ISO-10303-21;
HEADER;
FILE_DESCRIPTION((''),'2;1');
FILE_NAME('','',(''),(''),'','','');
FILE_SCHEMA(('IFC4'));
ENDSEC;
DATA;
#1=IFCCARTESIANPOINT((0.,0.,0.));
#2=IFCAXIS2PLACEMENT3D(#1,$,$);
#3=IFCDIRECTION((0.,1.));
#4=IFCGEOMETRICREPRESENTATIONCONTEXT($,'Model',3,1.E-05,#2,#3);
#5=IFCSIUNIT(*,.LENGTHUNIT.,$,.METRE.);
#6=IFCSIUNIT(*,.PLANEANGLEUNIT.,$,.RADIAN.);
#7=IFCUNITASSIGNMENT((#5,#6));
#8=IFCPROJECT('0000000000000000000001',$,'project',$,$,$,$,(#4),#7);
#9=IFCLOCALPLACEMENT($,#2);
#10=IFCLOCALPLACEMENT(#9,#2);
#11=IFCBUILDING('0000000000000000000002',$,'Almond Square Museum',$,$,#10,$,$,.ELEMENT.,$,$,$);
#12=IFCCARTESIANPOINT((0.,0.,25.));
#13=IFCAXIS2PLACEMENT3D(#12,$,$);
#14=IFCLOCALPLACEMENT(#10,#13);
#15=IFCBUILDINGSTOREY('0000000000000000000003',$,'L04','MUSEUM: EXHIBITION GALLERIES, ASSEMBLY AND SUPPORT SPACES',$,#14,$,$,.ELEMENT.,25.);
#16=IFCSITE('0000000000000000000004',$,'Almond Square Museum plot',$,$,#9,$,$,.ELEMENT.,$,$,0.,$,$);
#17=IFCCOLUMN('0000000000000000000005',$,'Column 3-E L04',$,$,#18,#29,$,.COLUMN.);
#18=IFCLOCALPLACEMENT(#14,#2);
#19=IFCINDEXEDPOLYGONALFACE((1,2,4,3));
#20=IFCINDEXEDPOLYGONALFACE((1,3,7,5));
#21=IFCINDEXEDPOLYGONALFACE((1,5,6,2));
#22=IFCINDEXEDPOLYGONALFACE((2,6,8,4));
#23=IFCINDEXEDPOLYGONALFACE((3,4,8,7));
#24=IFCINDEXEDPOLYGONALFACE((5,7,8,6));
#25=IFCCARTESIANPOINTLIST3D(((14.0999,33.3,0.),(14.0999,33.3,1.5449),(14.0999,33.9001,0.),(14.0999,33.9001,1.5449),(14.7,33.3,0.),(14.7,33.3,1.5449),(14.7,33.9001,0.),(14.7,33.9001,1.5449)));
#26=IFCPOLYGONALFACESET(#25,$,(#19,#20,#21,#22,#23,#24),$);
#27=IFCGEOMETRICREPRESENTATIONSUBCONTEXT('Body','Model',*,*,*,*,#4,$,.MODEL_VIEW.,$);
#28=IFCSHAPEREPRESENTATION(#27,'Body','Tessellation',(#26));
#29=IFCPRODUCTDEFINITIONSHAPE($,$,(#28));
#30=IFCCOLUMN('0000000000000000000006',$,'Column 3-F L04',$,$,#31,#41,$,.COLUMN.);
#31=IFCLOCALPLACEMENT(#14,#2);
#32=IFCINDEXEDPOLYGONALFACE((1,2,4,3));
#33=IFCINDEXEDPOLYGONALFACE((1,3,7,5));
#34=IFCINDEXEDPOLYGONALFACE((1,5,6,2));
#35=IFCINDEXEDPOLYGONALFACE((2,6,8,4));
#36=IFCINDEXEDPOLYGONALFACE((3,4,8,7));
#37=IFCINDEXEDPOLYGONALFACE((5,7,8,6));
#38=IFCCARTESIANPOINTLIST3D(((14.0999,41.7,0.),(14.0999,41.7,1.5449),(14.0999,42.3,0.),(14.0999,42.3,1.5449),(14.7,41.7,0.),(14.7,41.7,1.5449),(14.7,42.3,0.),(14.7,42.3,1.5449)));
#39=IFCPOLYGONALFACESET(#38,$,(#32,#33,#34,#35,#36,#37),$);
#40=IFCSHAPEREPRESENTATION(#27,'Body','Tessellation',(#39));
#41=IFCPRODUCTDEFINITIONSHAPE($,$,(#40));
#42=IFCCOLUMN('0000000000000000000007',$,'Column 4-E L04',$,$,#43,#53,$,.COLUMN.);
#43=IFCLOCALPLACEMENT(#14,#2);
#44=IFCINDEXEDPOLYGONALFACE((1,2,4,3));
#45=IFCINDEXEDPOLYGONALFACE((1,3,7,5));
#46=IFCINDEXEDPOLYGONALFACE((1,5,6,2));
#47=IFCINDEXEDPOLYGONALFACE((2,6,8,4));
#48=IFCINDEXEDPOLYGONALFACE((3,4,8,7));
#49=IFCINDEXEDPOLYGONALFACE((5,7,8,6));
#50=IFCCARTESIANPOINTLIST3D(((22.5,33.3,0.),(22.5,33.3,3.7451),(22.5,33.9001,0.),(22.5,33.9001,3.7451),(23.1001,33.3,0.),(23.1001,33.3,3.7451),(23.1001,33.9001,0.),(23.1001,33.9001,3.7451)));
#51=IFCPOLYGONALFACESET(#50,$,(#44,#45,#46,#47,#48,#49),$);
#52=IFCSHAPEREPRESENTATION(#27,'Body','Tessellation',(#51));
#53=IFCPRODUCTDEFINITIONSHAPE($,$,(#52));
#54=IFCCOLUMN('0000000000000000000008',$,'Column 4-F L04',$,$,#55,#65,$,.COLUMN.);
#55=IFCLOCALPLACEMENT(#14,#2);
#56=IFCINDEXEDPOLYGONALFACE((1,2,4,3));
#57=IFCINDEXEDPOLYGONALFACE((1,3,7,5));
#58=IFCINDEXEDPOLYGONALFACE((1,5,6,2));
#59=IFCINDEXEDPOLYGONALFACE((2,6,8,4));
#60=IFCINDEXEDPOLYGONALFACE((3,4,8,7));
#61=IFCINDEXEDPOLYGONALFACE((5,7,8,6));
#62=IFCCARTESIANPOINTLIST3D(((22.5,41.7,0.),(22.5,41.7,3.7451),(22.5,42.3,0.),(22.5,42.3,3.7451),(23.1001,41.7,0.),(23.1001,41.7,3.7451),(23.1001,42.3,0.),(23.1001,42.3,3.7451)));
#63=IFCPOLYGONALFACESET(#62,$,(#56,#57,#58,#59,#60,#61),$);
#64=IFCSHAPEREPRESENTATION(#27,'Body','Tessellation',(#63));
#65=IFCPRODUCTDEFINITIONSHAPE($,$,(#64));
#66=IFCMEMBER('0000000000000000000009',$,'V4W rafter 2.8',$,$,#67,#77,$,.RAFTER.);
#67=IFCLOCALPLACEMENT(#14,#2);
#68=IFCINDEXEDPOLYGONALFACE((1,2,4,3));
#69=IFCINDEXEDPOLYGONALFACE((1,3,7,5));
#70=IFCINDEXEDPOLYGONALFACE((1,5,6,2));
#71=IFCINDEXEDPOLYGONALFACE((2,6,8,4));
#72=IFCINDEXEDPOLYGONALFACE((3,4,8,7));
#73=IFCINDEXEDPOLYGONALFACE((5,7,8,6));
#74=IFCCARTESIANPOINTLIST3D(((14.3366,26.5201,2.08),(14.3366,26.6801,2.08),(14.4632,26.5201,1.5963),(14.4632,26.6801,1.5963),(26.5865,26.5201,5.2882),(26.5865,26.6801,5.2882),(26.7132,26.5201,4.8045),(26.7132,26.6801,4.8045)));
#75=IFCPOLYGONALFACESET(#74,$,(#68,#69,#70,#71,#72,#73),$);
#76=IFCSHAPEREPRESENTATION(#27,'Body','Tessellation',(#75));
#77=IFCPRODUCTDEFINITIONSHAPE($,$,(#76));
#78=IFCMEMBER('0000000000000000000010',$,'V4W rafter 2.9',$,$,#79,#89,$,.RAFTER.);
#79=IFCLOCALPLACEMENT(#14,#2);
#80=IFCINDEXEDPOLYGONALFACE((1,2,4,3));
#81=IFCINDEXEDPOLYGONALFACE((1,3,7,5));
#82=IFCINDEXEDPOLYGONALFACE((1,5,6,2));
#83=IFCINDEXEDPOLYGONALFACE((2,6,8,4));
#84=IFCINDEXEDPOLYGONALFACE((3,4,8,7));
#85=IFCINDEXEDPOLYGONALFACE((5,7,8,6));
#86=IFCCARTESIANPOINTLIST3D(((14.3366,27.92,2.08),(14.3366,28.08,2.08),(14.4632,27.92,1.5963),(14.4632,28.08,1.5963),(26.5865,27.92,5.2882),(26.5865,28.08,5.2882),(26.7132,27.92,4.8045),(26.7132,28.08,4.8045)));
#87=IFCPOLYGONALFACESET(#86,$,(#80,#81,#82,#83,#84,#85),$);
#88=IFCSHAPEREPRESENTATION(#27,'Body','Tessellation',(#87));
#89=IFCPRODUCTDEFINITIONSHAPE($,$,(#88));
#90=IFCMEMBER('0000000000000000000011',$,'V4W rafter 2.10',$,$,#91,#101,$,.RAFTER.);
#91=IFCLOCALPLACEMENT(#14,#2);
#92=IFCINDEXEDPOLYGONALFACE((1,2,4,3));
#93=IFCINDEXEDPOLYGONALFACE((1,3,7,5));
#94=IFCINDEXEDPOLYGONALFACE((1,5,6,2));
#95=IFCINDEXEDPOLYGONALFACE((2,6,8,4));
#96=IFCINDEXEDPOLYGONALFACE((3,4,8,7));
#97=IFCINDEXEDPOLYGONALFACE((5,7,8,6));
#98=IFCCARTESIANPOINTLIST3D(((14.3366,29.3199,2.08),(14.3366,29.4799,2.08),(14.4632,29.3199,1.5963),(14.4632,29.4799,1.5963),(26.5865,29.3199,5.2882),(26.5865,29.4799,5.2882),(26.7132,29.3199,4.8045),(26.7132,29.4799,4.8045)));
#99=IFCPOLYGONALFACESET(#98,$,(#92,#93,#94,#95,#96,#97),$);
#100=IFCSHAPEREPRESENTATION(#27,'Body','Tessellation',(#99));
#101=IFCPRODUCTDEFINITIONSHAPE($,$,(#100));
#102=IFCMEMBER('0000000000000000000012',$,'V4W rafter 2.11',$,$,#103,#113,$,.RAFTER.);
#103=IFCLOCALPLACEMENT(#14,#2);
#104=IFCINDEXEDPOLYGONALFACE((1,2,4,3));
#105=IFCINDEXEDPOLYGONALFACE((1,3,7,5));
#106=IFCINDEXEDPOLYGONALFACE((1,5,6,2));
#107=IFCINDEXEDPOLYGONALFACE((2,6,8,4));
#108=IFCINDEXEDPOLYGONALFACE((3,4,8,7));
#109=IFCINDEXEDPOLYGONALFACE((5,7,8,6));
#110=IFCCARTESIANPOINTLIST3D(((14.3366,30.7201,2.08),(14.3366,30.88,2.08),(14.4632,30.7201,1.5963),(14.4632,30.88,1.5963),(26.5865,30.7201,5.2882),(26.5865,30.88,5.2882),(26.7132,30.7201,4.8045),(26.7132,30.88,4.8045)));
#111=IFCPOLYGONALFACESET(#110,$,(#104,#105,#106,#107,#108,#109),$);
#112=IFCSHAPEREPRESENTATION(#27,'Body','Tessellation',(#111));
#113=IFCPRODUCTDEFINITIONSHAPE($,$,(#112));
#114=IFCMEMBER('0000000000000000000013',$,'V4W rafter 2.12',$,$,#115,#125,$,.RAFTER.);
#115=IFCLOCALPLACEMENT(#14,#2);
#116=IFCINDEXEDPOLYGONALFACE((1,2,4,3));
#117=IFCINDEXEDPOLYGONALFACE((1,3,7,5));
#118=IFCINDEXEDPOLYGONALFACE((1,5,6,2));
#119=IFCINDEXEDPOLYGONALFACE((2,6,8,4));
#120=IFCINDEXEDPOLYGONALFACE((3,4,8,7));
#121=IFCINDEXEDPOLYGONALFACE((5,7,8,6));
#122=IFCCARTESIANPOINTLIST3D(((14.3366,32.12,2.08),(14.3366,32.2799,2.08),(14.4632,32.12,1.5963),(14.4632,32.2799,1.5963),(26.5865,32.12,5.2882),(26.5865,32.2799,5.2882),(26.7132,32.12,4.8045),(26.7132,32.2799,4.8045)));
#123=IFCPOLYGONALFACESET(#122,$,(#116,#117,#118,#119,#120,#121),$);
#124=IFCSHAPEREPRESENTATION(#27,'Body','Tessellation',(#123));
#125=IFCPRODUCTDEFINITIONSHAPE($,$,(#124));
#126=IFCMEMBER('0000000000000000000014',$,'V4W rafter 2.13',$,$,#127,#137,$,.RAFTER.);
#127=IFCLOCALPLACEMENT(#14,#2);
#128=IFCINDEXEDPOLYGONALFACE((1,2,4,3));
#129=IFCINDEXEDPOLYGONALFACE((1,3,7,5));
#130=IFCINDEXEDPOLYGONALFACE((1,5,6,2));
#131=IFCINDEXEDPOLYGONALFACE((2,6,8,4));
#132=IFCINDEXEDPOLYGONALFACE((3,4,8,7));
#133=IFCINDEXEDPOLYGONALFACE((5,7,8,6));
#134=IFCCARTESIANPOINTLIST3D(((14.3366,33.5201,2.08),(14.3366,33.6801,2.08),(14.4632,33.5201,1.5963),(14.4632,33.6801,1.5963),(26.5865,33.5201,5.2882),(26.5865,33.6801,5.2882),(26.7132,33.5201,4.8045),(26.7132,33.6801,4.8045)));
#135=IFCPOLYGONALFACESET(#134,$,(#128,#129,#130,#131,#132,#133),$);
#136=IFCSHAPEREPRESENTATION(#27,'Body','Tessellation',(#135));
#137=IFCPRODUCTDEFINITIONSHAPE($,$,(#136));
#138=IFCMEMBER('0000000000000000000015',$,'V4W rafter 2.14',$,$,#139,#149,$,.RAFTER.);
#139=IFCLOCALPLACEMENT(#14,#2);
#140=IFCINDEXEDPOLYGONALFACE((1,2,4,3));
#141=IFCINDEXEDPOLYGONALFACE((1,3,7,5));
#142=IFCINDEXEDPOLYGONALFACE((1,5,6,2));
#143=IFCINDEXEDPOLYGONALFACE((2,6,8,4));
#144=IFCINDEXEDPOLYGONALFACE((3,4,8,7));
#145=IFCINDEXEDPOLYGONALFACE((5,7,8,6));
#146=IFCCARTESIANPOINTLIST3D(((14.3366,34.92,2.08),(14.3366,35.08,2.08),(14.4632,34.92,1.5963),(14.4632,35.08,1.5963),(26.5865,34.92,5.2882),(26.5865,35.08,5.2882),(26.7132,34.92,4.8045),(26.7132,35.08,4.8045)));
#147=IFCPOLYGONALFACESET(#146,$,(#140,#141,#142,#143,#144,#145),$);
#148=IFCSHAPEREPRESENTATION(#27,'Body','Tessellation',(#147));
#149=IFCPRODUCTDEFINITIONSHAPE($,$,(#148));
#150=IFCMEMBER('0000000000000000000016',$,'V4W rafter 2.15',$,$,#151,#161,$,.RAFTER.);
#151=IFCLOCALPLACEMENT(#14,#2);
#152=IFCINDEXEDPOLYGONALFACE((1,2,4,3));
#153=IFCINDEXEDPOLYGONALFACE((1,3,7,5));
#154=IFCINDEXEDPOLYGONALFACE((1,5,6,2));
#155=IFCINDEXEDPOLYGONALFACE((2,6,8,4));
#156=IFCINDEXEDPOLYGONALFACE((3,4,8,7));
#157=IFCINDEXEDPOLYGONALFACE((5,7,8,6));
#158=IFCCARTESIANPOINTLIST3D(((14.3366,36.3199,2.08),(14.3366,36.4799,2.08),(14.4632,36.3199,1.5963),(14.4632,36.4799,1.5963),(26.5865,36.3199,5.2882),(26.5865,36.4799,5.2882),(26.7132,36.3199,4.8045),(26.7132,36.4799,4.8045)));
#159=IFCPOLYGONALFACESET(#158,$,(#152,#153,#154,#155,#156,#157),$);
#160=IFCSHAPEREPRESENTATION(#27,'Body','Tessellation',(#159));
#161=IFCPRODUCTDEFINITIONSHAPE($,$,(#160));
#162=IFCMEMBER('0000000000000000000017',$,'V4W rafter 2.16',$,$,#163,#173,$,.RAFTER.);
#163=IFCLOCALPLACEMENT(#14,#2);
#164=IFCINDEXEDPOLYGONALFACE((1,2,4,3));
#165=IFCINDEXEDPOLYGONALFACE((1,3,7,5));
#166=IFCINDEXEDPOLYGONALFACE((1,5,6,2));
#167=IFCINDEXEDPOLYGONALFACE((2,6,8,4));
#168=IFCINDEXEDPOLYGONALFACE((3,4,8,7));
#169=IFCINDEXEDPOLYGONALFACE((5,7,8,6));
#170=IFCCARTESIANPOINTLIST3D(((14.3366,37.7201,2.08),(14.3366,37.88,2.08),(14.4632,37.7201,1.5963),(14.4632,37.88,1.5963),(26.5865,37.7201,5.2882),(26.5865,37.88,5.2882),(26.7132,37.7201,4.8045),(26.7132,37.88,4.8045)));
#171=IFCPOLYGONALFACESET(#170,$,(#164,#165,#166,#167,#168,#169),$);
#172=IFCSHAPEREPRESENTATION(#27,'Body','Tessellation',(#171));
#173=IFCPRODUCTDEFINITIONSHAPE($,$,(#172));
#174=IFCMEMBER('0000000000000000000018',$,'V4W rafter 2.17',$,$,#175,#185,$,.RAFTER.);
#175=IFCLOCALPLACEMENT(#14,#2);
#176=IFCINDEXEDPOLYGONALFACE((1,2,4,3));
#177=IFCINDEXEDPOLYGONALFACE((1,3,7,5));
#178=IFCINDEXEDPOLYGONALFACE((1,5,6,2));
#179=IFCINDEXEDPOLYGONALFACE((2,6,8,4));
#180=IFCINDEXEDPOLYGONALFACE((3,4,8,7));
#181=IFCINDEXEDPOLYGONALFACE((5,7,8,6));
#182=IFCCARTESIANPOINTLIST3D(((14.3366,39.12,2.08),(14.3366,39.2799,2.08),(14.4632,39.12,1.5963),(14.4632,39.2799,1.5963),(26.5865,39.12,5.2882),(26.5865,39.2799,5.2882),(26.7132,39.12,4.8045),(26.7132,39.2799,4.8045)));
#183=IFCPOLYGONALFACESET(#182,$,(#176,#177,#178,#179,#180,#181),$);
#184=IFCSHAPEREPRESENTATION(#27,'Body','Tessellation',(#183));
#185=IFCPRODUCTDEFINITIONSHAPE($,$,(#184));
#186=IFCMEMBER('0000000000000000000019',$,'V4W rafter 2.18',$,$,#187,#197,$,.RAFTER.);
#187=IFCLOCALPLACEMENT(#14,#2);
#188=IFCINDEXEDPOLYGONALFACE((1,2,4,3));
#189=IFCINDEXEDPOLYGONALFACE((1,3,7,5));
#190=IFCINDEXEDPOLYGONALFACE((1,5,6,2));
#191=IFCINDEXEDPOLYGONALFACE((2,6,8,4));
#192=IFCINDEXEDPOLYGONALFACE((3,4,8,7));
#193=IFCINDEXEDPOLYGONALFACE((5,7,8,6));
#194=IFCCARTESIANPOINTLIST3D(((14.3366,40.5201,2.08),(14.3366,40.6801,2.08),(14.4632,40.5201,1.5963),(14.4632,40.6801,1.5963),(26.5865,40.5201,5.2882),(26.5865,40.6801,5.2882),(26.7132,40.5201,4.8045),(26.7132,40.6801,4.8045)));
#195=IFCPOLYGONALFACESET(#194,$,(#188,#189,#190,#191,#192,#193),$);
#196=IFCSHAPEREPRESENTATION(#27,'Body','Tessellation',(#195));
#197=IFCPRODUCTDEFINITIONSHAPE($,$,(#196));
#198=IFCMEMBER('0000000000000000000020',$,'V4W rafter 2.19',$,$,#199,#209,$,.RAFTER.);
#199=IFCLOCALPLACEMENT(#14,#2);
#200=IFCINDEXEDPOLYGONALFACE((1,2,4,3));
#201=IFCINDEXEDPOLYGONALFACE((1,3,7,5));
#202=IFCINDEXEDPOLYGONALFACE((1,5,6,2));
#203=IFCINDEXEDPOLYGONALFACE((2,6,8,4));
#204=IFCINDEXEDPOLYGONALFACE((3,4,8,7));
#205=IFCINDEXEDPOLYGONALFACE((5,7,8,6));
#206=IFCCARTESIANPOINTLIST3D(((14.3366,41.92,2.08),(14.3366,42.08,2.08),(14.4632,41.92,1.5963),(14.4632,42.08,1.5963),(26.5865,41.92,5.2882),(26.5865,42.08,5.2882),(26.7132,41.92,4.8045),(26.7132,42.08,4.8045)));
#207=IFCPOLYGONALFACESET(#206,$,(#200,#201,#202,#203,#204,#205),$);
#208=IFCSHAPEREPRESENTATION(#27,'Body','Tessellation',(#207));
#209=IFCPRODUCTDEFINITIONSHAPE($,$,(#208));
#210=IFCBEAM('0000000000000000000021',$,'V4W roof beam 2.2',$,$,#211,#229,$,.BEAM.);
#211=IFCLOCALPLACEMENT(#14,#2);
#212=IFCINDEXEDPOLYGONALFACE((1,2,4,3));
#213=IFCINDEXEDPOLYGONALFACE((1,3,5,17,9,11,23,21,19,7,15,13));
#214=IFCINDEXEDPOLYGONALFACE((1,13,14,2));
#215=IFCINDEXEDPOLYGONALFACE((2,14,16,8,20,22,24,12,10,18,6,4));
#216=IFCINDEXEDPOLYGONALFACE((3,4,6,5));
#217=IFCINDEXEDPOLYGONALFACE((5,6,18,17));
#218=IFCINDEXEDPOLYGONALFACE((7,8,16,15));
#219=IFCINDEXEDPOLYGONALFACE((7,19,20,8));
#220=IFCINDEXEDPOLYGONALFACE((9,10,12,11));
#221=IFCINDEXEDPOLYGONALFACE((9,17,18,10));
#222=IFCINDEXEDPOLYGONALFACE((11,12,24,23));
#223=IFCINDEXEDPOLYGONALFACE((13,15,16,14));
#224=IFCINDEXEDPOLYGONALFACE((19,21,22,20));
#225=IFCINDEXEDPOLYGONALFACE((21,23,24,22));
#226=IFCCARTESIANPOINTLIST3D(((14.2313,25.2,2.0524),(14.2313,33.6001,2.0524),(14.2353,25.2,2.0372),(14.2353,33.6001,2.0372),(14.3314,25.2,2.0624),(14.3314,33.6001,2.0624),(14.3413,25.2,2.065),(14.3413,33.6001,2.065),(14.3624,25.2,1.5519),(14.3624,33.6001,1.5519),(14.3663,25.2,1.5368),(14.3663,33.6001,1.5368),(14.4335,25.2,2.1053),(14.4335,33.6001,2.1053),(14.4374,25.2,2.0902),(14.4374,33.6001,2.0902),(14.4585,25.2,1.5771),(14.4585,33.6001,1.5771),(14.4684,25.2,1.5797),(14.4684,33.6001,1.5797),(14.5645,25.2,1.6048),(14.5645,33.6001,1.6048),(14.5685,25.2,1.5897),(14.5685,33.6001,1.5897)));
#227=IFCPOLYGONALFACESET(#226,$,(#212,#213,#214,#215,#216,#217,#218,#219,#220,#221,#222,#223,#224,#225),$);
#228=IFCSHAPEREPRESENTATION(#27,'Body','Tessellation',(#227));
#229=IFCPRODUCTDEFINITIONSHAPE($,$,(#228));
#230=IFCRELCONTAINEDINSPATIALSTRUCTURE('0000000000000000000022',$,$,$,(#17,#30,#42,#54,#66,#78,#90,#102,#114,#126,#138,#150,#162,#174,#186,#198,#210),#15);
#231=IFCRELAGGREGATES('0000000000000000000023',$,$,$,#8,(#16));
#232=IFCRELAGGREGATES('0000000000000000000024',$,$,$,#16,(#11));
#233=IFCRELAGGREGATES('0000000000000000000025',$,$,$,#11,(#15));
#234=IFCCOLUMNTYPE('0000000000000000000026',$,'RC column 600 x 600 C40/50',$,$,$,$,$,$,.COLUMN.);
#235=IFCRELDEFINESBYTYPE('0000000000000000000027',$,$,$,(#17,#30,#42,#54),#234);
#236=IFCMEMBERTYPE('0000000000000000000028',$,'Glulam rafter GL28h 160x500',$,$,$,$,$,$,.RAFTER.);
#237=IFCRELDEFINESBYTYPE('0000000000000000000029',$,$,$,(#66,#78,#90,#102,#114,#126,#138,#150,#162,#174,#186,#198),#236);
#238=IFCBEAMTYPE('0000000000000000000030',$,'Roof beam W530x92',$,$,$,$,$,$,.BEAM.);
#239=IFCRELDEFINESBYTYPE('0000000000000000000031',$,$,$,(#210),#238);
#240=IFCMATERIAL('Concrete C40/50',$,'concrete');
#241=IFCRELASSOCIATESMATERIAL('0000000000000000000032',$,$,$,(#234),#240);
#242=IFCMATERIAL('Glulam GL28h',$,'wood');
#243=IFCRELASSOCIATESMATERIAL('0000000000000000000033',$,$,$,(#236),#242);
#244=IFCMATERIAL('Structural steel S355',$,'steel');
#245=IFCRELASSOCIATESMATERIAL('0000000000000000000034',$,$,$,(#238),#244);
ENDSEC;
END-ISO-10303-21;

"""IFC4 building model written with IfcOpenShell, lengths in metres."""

from ifc_helpers import new_model, si_unit, direction, frame, origin, origin_2d, place, context, subcontext, project, spatial, rectangle, i_section, extrude, material, material_profile, profile_set, type_object, element, save


model = new_model("IFC4")

# Units and contexts
model_context = context("Model", 3, precision=1e-05, world=origin(), true_north=direction((0.0, 1.0)))
body_context = subcontext(model_context, "Body", "Model", "MODEL_VIEW")
ifc_project = project(units=[si_unit("LENGTHUNIT", "METRE"), si_unit("PLANEANGLEUNIT", "RADIAN")], contexts=[model_context])

# Site, building, storey
site_placement = place(None, origin())
site = spatial("IfcSite", under=ifc_project, at=site_placement, Name="Almond Square Museum plot", CompositionType="ELEMENT", RefElevation=0.0)
building_placement = place(site_placement, origin())
building = spatial("IfcBuilding", under=site, at=building_placement, Name="Almond Square Museum", CompositionType="ELEMENT")
storey_placement = place(building_placement, frame((0.0, 0.0, 25.0)))
storey = spatial("IfcBuildingStorey", under=building, at=storey_placement, Name="L04", Description="MUSEUM: EXHIBITION GALLERIES, ASSEMBLY AND SUPPORT SPACES", CompositionType="ELEMENT", Elevation=25.0)

# Columns
ifc_material_1 = material(Name="Concrete C40/50", Category="concrete")
ifc_material_profile_1 = material_profile(ifc_material_1, rectangle(XDim=0.6001, YDim=0.6001, at=origin_2d()))
ifc_profile_set_1 = profile_set([ifc_material_profile_1], Name="Concrete C40/50")
column_type = type_object("IfcColumnType", Name="RC column 600 x 600 C40/50", PredefinedType="COLUMN", material=ifc_profile_set_1)
for number, where, z_axis, x_axis, name in (
    (1, (14.3999, 33.6001, 0.0), (0.0, 0.0, 1.0), (1.0, 0.0, 0.0), "Column 3-E L04"),
    (2, (14.3999, 42.0, 0.0), (0.0, 0.0, 1.0), (1.0, 0.0, 0.0), "Column 3-F L04"),
):
    element("IfcColumn", number, at=place(storey_placement, frame(where, z_axis=z_axis, x_axis=x_axis)), inside=storey, type_object=column_type, Name=name, PredefinedType="COLUMN", context=body_context, shape_type="SweptSolid", body=[
        extrude(rectangle(XDim=0.6001, YDim=0.6001, at=origin_2d()), origin(), (0.0, 0.0, 1.0), 1.5449),
    ])
for number, where, z_axis, x_axis, name in (
    (3, (22.8, 33.6001, 0.0), (0.0, 0.0, 1.0), (1.0, 0.0, 0.0), "Column 4-E L04"),
    (4, (22.8, 42.0, 0.0), (0.0, 0.0, 1.0), (1.0, 0.0, 0.0), "Column 4-F L04"),
):
    element("IfcColumn", number, at=place(storey_placement, frame(where, z_axis=z_axis, x_axis=x_axis)), inside=storey, type_object=column_type, Name=name, PredefinedType="COLUMN", context=body_context, shape_type="SweptSolid", body=[
        extrude(rectangle(XDim=0.6001, YDim=0.6001, at=origin_2d()), origin(), (0.0, 0.0, 1.0), 3.7451),
    ])

# Members
ifc_material_2 = material(Name="Glulam GL28h", Category="wood")
ifc_material_profile_2 = material_profile(ifc_material_2, rectangle(XDim=0.1599, YDim=0.5, at=origin_2d()))
ifc_profile_set_2 = profile_set([ifc_material_profile_2], Name="Glulam GL28h")
member_type = type_object("IfcMemberType", Name="Glulam rafter GL28h 160x500", PredefinedType="RAFTER", material=ifc_profile_set_2)
for number, where, z_axis, x_axis, name in (
    (5, (14.3999, 26.6001, 1.8381), (0.967374, 0.0, 0.253353), (0.0, 1.0, 0.0), "V4W rafter 2.8"),
    (6, (14.3999, 28.0, 1.8381), (0.967374, 0.0, 0.253353), (0.0, 1.0, 0.0), "V4W rafter 2.9"),
    (7, (14.3999, 29.3999, 1.8381), (0.967374, 0.0, 0.253353), (0.0, 1.0, 0.0), "V4W rafter 2.10"),
    (8, (14.3999, 30.8, 1.8381), (0.967374, 0.0, 0.253353), (0.0, 1.0, 0.0), "V4W rafter 2.11"),
    (9, (14.3999, 32.2, 1.8381), (0.967374, 0.0, 0.253353), (0.0, 1.0, 0.0), "V4W rafter 2.12"),
    (10, (14.3999, 33.6001, 1.8381), (0.967374, 0.0, 0.253353), (0.0, 1.0, 0.0), "V4W rafter 2.13"),
    (11, (14.3999, 35.0, 1.8381), (0.967374, 0.0, 0.253353), (0.0, 1.0, 0.0), "V4W rafter 2.14"),
    (12, (14.3999, 36.3999, 1.8381), (0.967374, 0.0, 0.253353), (0.0, 1.0, 0.0), "V4W rafter 2.15"),
    (13, (14.3999, 37.8, 1.8381), (0.967374, 0.0, 0.253353), (0.0, 1.0, 0.0), "V4W rafter 2.16"),
    (14, (14.3999, 39.2, 1.8381), (0.967374, 0.0, 0.253353), (0.0, 1.0, 0.0), "V4W rafter 2.17"),
    (15, (14.3999, 40.6001, 1.8381), (0.967374, 0.0, 0.253353), (0.0, 1.0, 0.0), "V4W rafter 2.18"),
    (16, (14.3999, 42.0, 1.8381), (0.967374, 0.0, 0.253353), (0.0, 1.0, 0.0), "V4W rafter 2.19"),
):
    element("IfcMember", number, at=place(storey_placement, frame(where, z_axis=z_axis, x_axis=x_axis)), inside=storey, type_object=member_type, Name=name, PredefinedType="RAFTER", context=body_context, shape_type="SweptSolid", body=[
        extrude(rectangle(XDim=0.1599, YDim=0.5, at=origin_2d()), origin(), (0.0, 0.0, 1.0), 12.6631),
    ])

# Beam
ifc_material_3 = material(Name="Structural steel S355", Category="steel")
ifc_material_profile_3 = material_profile(ifc_material_3, i_section(OverallWidth=0.209, OverallDepth=0.533, WebThickness=0.0103, FlangeThickness=0.0156, at=origin_2d()))
ifc_profile_set_3 = profile_set([ifc_material_profile_3], Name="Structural steel S355")
beam_type = type_object("IfcBeamType", Name="Roof beam W530x92", PredefinedType="BEAM", material=ifc_profile_set_3)
beam_1_placement = place(storey_placement, frame((14.3999, 25.2, 1.821), z_axis=(0.0, 1.0, 0.0), x_axis=(-0.967372, 0.0, -0.25336)))
element("IfcBeam", 17, at=beam_1_placement, inside=storey, type_object=beam_type, Name="V4W roof beam 2.2", PredefinedType="BEAM", context=body_context, shape_type="SweptSolid", body=[
    extrude(i_section(OverallWidth=0.209, OverallDepth=0.533, WebThickness=0.0103, FlangeThickness=0.0156, at=origin_2d()), origin(), (0.0, 0.0, 1.0), 8.4001),
])

save(model, "model.ifc")
